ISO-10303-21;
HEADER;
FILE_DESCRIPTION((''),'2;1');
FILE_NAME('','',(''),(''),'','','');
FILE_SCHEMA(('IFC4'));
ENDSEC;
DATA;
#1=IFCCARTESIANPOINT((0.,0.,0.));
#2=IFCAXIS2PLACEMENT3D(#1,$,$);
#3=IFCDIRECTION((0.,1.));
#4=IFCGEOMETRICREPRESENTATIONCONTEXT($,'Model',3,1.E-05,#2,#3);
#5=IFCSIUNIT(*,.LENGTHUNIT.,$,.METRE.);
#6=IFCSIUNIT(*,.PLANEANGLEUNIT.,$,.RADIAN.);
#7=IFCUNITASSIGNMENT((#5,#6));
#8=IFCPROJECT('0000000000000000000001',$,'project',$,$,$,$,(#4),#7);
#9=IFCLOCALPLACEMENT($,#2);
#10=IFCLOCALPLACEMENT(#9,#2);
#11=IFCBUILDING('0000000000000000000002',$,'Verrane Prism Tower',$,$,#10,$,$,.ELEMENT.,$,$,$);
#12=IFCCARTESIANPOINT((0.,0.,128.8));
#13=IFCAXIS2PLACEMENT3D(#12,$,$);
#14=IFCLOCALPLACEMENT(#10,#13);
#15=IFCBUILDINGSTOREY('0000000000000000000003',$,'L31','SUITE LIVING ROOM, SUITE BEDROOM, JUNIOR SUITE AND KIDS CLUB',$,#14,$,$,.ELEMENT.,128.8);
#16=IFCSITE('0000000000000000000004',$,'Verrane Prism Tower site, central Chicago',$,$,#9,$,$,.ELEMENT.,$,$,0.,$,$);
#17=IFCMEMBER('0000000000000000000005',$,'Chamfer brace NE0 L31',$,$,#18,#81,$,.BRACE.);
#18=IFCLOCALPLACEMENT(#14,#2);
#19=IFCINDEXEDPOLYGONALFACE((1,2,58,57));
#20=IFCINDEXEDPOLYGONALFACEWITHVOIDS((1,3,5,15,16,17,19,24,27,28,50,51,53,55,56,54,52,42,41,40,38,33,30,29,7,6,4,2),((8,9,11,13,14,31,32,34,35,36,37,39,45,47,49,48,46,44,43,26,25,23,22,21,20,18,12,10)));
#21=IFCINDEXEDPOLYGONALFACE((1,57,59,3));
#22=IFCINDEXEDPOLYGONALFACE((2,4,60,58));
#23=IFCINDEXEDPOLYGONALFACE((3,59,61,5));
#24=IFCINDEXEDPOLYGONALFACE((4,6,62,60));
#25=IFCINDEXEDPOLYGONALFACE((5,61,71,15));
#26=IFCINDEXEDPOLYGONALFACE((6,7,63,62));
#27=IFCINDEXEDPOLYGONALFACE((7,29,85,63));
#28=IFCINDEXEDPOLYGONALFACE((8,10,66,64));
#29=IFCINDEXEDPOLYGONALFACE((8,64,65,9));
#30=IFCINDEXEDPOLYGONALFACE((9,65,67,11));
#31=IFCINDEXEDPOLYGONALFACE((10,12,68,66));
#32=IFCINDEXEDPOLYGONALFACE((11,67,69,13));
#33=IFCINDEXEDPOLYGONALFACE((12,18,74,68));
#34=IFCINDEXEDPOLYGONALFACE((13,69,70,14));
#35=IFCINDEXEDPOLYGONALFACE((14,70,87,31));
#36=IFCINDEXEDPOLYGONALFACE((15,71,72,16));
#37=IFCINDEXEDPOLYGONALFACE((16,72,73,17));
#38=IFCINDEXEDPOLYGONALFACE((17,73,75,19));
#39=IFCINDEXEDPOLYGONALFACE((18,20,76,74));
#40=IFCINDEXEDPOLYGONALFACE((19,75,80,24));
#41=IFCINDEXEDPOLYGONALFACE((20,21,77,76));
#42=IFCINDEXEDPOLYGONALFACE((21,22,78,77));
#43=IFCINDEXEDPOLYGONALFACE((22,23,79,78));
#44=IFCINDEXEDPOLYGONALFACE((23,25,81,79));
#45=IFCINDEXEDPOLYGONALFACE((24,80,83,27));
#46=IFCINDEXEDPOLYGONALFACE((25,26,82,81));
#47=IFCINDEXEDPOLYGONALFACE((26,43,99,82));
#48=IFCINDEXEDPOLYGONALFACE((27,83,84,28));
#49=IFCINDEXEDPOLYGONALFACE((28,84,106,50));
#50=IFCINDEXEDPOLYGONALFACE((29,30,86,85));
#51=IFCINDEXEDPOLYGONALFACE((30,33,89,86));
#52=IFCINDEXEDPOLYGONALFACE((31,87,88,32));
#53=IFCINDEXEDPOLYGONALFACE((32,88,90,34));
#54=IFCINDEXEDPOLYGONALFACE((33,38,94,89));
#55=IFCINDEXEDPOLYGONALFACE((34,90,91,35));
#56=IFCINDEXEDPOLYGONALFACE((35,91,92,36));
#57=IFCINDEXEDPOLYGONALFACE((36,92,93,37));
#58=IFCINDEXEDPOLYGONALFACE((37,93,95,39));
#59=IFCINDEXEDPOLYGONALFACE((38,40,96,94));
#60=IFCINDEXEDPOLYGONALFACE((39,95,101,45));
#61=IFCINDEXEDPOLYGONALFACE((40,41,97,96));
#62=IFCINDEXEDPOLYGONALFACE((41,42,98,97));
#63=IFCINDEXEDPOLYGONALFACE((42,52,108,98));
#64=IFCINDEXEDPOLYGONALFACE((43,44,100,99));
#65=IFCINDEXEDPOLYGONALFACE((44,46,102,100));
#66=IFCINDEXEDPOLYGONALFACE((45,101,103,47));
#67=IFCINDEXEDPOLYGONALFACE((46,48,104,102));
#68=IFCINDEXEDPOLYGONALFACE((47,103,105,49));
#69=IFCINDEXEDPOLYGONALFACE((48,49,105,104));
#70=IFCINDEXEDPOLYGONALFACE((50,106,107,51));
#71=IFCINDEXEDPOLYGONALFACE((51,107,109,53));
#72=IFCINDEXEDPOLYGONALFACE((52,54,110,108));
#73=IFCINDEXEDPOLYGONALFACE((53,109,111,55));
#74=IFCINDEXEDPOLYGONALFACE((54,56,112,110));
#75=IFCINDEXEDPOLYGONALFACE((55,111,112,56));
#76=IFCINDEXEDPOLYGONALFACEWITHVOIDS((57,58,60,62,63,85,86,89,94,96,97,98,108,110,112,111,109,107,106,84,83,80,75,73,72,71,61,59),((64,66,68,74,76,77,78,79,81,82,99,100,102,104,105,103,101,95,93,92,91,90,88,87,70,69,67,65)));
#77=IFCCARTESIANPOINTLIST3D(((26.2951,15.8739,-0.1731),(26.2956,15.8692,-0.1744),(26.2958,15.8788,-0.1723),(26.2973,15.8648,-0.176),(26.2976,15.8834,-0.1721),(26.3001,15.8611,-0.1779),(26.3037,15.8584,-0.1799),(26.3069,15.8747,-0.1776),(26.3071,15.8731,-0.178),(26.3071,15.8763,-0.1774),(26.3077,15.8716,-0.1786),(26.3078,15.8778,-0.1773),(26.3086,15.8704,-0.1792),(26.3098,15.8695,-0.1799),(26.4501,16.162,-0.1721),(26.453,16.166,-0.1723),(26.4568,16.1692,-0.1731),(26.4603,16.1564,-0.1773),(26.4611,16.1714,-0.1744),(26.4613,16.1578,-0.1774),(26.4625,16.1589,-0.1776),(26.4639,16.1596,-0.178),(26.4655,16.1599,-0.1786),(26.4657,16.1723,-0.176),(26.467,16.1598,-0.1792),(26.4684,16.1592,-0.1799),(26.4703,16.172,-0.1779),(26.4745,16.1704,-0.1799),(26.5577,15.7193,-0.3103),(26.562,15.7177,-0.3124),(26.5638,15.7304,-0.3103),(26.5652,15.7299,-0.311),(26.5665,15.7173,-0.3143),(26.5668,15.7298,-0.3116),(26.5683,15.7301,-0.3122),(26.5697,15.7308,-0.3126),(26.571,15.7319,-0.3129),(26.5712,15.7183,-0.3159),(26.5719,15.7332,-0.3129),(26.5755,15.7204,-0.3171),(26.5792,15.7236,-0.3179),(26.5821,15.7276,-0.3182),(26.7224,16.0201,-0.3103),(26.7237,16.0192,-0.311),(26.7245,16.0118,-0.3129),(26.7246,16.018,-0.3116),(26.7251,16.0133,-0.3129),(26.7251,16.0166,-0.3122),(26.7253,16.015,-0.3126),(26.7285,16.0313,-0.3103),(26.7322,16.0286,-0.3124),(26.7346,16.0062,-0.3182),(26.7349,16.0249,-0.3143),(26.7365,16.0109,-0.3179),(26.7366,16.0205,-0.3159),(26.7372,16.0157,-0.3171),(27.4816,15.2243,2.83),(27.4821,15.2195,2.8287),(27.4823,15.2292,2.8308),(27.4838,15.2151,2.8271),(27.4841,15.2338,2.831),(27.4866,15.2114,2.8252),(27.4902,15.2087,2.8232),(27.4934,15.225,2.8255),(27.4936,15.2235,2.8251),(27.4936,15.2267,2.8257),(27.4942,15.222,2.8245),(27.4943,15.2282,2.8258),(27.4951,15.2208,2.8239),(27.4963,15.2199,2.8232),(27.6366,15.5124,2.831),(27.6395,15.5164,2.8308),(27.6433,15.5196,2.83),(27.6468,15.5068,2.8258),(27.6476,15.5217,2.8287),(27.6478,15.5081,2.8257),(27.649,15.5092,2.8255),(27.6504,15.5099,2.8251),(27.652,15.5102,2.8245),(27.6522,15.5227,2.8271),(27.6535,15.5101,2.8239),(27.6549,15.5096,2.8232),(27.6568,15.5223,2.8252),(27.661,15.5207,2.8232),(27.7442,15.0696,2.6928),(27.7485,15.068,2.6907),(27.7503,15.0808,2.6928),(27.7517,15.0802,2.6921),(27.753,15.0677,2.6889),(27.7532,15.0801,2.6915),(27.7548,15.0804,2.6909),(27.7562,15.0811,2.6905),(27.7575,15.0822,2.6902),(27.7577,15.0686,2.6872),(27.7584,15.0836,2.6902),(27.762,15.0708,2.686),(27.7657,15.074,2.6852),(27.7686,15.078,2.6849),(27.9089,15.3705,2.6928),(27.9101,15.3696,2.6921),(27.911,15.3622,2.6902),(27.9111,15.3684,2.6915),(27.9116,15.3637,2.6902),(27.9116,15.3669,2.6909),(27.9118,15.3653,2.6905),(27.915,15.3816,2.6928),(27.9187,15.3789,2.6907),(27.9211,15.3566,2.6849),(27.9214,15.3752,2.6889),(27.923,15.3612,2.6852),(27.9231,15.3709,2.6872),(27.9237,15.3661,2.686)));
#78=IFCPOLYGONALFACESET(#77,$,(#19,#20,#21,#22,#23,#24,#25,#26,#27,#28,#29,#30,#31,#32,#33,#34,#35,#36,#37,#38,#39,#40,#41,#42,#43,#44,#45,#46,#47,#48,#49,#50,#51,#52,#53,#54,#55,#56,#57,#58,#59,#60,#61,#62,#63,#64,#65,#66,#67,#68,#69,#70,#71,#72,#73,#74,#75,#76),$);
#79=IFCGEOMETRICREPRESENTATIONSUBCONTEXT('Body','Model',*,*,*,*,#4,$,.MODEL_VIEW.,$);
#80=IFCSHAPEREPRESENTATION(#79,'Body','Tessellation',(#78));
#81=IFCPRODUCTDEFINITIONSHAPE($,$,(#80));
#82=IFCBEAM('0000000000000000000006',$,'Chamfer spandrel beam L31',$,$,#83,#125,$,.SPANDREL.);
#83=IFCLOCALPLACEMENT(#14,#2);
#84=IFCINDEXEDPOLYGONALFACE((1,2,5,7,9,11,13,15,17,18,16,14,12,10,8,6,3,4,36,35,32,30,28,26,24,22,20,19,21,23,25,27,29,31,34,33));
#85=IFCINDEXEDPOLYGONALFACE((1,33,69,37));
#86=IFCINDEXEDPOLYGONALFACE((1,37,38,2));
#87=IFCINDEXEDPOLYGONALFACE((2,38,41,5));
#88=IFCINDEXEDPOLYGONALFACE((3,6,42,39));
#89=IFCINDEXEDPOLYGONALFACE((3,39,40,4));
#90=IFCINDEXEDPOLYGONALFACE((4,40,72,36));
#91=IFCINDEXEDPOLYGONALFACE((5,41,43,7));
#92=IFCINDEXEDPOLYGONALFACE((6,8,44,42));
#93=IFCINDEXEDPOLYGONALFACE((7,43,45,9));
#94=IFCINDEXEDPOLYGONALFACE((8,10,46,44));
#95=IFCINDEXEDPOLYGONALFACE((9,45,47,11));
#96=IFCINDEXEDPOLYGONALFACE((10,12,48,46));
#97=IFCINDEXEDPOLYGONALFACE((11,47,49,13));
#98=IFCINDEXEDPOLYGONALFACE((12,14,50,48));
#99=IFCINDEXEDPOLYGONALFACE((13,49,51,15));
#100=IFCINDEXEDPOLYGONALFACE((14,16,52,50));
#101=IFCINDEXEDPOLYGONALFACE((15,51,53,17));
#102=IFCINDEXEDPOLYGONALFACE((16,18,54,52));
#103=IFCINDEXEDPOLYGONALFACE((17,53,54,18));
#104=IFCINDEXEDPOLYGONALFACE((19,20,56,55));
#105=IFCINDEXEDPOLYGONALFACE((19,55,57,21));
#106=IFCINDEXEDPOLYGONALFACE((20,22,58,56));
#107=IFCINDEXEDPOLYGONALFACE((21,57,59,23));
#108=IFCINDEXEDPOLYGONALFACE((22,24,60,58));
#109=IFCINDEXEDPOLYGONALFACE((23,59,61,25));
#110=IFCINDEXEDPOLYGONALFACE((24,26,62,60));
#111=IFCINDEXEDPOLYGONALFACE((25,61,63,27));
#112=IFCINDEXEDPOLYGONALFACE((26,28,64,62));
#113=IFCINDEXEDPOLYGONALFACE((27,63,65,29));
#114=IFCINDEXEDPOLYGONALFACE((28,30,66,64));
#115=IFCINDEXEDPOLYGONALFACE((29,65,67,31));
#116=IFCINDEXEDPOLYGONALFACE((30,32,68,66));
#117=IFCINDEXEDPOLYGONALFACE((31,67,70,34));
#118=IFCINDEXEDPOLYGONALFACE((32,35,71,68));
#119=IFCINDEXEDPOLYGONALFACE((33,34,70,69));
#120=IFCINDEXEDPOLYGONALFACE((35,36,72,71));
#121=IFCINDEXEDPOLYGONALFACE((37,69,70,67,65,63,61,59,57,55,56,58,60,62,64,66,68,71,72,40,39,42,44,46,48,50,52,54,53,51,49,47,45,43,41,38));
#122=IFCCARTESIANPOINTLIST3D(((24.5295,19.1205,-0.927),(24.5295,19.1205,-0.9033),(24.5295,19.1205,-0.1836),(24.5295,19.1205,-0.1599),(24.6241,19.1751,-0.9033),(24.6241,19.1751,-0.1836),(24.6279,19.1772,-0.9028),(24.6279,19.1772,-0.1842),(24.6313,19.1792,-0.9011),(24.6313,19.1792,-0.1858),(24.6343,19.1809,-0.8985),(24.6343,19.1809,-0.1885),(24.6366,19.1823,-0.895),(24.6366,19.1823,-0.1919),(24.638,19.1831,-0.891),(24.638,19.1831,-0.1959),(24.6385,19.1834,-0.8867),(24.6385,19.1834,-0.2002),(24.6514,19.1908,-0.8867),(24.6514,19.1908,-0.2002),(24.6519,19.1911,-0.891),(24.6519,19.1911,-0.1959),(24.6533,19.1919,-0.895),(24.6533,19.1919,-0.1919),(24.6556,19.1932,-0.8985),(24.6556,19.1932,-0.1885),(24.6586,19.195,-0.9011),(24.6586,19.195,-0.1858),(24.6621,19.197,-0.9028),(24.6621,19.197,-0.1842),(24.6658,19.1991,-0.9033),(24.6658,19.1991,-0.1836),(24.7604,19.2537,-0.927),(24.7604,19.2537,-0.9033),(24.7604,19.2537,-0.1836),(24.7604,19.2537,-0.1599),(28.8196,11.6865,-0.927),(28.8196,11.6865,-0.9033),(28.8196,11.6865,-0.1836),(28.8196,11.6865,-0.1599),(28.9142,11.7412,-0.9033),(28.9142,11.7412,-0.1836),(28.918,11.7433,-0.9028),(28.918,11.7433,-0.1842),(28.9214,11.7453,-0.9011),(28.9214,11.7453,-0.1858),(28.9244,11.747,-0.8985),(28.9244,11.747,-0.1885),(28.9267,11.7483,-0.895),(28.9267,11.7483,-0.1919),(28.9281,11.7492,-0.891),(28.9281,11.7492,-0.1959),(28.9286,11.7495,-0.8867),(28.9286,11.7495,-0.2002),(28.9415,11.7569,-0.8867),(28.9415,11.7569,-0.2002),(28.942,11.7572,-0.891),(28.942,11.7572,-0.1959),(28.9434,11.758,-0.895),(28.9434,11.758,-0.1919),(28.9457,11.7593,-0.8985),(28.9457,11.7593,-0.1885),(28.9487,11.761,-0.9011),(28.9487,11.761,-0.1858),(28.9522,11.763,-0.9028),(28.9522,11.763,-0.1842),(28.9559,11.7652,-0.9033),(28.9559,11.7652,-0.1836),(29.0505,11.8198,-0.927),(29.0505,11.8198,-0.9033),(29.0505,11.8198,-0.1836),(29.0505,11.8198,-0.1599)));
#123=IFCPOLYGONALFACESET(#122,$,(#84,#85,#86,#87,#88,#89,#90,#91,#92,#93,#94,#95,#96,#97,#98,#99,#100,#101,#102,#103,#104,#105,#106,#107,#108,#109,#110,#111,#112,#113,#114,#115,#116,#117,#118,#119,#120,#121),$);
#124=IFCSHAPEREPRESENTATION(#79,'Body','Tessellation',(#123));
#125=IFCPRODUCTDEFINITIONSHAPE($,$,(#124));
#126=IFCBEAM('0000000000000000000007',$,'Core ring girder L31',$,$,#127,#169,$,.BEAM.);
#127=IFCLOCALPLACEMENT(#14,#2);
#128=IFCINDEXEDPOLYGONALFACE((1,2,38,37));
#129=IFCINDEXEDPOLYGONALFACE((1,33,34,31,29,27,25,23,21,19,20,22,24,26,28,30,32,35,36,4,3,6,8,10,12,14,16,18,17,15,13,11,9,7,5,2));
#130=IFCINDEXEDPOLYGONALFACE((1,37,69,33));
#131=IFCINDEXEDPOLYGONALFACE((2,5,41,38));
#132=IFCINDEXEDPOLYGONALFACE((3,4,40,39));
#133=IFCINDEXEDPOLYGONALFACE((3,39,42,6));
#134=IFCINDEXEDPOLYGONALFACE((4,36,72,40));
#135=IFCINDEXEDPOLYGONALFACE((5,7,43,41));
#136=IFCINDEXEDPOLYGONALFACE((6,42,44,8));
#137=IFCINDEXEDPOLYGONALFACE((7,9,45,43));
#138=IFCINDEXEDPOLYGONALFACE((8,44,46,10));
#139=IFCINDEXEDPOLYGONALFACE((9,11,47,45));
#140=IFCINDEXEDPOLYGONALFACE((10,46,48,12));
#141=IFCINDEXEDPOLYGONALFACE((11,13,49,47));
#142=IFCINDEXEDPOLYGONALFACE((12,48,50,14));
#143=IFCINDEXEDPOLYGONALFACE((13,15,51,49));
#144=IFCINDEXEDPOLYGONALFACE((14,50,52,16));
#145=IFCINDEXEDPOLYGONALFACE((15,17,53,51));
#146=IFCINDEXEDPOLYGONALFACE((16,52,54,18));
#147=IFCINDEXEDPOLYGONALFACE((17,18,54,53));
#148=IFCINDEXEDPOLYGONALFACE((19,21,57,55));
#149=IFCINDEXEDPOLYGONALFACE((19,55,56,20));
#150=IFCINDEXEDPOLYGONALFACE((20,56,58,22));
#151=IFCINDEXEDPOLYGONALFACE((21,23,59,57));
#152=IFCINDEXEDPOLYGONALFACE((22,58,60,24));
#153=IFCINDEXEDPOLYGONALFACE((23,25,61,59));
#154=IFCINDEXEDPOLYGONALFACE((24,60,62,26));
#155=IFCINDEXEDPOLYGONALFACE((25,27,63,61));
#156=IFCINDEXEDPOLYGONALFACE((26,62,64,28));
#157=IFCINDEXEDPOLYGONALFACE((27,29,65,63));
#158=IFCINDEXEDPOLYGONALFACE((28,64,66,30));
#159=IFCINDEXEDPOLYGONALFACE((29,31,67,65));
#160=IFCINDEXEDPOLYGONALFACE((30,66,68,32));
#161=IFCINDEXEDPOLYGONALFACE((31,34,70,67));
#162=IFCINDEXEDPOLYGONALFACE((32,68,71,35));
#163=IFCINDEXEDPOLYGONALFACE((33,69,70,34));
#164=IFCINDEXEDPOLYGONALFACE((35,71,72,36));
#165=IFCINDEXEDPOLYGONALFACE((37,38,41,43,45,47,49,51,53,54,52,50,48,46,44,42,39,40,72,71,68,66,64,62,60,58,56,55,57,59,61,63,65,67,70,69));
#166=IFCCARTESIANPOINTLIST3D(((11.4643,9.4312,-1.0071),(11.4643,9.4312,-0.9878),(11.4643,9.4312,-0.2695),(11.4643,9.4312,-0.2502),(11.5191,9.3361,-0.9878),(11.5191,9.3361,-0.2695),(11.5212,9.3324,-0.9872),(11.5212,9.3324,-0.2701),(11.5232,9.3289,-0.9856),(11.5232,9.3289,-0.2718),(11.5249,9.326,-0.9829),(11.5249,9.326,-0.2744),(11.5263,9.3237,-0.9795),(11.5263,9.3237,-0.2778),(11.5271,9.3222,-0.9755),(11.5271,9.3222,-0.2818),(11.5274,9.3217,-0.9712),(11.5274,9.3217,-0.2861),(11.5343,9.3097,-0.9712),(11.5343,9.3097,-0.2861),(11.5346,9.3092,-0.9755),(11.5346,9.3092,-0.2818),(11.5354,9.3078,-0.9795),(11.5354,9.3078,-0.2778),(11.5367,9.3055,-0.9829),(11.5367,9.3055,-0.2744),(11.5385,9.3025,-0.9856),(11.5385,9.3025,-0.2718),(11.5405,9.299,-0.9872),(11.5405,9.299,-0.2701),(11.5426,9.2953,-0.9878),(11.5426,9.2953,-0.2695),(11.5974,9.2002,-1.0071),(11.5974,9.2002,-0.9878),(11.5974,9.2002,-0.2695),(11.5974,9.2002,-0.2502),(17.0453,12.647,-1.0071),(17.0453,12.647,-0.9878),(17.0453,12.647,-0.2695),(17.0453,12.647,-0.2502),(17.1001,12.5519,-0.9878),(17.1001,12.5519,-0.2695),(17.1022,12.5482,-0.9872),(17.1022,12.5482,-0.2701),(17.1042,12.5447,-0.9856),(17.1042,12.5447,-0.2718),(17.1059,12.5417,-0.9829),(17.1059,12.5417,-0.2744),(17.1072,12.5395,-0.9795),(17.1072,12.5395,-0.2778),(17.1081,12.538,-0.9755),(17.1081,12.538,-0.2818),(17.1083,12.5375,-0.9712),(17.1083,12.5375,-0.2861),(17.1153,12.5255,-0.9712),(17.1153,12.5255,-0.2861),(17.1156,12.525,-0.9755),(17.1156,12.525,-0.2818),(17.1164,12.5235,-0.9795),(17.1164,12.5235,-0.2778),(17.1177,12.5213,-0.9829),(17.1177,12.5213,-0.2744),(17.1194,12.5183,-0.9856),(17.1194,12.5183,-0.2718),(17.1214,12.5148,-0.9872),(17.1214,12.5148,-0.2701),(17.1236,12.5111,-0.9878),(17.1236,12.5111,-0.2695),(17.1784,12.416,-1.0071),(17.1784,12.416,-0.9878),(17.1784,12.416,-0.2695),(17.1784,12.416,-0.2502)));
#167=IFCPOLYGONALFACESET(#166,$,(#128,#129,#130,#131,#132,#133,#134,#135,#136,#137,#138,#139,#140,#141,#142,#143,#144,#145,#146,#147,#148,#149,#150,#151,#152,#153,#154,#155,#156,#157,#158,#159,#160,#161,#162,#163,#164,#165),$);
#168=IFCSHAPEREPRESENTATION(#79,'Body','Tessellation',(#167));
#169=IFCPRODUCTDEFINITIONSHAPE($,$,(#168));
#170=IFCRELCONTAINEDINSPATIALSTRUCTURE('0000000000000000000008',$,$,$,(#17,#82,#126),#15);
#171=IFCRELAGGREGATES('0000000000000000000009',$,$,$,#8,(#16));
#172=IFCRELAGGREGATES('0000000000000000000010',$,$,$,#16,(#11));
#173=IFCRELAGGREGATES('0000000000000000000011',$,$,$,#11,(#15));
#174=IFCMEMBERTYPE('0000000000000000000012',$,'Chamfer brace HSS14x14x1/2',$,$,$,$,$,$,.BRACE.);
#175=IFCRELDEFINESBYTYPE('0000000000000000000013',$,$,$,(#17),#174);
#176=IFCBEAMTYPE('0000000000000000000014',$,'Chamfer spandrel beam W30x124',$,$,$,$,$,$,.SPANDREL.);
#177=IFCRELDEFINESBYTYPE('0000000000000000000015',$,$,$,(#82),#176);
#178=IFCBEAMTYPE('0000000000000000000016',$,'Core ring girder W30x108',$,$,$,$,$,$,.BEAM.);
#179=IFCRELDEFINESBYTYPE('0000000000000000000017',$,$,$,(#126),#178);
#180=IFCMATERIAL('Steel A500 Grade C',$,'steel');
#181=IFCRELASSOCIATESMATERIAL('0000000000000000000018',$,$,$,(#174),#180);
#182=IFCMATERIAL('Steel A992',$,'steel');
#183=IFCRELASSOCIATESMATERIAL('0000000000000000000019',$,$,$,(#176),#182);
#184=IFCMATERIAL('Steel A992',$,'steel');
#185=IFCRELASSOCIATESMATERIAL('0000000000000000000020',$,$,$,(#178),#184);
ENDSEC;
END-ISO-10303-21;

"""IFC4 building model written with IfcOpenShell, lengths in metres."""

from ifc_helpers import new_model, si_unit, direction, frame, origin, origin_2d, place, context, subcontext, project, spatial, hollow_rectangle, i_section, extrude, material, material_profile, profile_set, type_object, element, save


model = new_model("IFC4")

# Units and contexts
model_context = context("Model", 3, precision=1e-05, world=origin(), true_north=direction((0.0, 1.0)))
body_context = subcontext(model_context, "Body", "Model", "MODEL_VIEW")
ifc_project = project(units=[si_unit("LENGTHUNIT", "METRE"), si_unit("PLANEANGLEUNIT", "RADIAN")], contexts=[model_context])

# Site, building, storey
site_placement = place(None, origin())
site = spatial("IfcSite", under=ifc_project, at=site_placement, Name="Verrane Prism Tower site, central Chicago", CompositionType="ELEMENT", RefElevation=0.0)
building_placement = place(site_placement, origin())
building = spatial("IfcBuilding", under=site, at=building_placement, Name="Verrane Prism Tower", CompositionType="ELEMENT")
storey_placement = place(building_placement, frame((0.0, 0.0, 128.8)))
storey = spatial("IfcBuildingStorey", under=building, at=storey_placement, Name="L31", Description="SUITE LIVING ROOM, SUITE BEDROOM, JUNIOR SUITE AND KIDS CLUB", CompositionType="ELEMENT", Elevation=128.8)

# Member
ifc_material_1 = material(Name="Steel A500 Grade C", Category="steel")
ifc_material_profile_1 = material_profile(ifc_material_1, hollow_rectangle(XDim=0.3557, YDim=0.3557, WallThickness=0.0127, InnerFilletRadius=0.0063, OuterFilletRadius=0.019, at=origin_2d()), Name="HSS14x14x1/2")
ifc_profile_set_1 = profile_set([ifc_material_profile_1], Name="Steel A500 Grade C")
member_type_1 = type_object("IfcMemberType", Name="Chamfer brace HSS14x14x1/2", PredefinedType="BRACE", material=ifc_profile_set_1)
member_1_placement = place(storey_placement, frame((26.5161, 15.9448, -0.2451), z_axis=(0.360232, -0.197238, 0.911773), x_axis=(0.480255, 0.877129, 0.0)))
element("IfcMember", 1, at=member_1_placement, inside=storey, type_object=member_type_1, Name="Chamfer brace NE0 L31", PredefinedType="BRACE", context=body_context, shape_type="SweptSolid", body=[
    extrude(hollow_rectangle(XDim=0.3557, YDim=0.3557, WallThickness=0.0127, InnerFilletRadius=0.0063, OuterFilletRadius=0.019, at=origin_2d()), origin(), (0.0, 0.0, 1.0), 3.2937),
])

# Beams
ifc_material_2 = material(Name="Steel A992", Category="steel")
ifc_material_profile_2 = material_profile(ifc_material_2, i_section(OverallWidth=0.2666, OverallDepth=0.7671, WebThickness=0.0149, FlangeThickness=0.0237, FilletRadius=0.0166, at=origin_2d()), Name="W30x124")
ifc_profile_set_2 = profile_set([ifc_material_profile_2], Name="Steel A992")
beam_type_1 = type_object("IfcBeamType", Name="Chamfer spandrel beam W30x124", PredefinedType="SPANDREL", material=ifc_profile_set_2)
beam_1_placement = place(storey_placement, frame((28.9351, 11.7532, -0.5435), z_axis=(-0.499835, 0.866121, 0.0), x_axis=(-0.866121, -0.499835, 0.0)))
element("IfcBeam", 2, at=beam_1_placement, inside=storey, type_object=beam_type_1, Name="Chamfer spandrel beam L31", PredefinedType="SPANDREL", context=body_context, shape_type="SweptSolid", body=[
    extrude(i_section(OverallWidth=0.2666, OverallDepth=0.7671, WebThickness=0.0149, FlangeThickness=0.0237, FilletRadius=0.0166, at=origin_2d()), origin(), (0.0, 0.0, 1.0), 8.583),
])
ifc_material_3 = material(Name="Steel A992", Category="steel")
ifc_material_profile_3 = material_profile(ifc_material_3, i_section(OverallWidth=0.2666, OverallDepth=0.7568, WebThickness=0.0139, FlangeThickness=0.0193, FilletRadius=0.0166, at=origin_2d()), Name="W30x108")
ifc_profile_set_3 = profile_set([ifc_material_profile_3], Name="Steel A992")
beam_type_2 = type_object("IfcBeamType", Name="Core ring girder W30x108", PredefinedType="BEAM", material=ifc_profile_set_3)
beam_2_placement = place(storey_placement, frame((17.1118, 12.5315, -0.6287), z_axis=(-0.866456, -0.499254, 0.0), x_axis=(0.499254, -0.866456, 0.0)))
element("IfcBeam", 3, at=beam_2_placement, inside=storey, type_object=beam_type_2, Name="Core ring girder L31", PredefinedType="BEAM", context=body_context, shape_type="SweptSolid", body=[
    extrude(i_section(OverallWidth=0.2666, OverallDepth=0.7568, WebThickness=0.0139, FlangeThickness=0.0193, FilletRadius=0.0166, at=origin_2d()), origin(), (0.0, 0.0, 1.0), 6.4412),
])

save(model, "model.ifc")
